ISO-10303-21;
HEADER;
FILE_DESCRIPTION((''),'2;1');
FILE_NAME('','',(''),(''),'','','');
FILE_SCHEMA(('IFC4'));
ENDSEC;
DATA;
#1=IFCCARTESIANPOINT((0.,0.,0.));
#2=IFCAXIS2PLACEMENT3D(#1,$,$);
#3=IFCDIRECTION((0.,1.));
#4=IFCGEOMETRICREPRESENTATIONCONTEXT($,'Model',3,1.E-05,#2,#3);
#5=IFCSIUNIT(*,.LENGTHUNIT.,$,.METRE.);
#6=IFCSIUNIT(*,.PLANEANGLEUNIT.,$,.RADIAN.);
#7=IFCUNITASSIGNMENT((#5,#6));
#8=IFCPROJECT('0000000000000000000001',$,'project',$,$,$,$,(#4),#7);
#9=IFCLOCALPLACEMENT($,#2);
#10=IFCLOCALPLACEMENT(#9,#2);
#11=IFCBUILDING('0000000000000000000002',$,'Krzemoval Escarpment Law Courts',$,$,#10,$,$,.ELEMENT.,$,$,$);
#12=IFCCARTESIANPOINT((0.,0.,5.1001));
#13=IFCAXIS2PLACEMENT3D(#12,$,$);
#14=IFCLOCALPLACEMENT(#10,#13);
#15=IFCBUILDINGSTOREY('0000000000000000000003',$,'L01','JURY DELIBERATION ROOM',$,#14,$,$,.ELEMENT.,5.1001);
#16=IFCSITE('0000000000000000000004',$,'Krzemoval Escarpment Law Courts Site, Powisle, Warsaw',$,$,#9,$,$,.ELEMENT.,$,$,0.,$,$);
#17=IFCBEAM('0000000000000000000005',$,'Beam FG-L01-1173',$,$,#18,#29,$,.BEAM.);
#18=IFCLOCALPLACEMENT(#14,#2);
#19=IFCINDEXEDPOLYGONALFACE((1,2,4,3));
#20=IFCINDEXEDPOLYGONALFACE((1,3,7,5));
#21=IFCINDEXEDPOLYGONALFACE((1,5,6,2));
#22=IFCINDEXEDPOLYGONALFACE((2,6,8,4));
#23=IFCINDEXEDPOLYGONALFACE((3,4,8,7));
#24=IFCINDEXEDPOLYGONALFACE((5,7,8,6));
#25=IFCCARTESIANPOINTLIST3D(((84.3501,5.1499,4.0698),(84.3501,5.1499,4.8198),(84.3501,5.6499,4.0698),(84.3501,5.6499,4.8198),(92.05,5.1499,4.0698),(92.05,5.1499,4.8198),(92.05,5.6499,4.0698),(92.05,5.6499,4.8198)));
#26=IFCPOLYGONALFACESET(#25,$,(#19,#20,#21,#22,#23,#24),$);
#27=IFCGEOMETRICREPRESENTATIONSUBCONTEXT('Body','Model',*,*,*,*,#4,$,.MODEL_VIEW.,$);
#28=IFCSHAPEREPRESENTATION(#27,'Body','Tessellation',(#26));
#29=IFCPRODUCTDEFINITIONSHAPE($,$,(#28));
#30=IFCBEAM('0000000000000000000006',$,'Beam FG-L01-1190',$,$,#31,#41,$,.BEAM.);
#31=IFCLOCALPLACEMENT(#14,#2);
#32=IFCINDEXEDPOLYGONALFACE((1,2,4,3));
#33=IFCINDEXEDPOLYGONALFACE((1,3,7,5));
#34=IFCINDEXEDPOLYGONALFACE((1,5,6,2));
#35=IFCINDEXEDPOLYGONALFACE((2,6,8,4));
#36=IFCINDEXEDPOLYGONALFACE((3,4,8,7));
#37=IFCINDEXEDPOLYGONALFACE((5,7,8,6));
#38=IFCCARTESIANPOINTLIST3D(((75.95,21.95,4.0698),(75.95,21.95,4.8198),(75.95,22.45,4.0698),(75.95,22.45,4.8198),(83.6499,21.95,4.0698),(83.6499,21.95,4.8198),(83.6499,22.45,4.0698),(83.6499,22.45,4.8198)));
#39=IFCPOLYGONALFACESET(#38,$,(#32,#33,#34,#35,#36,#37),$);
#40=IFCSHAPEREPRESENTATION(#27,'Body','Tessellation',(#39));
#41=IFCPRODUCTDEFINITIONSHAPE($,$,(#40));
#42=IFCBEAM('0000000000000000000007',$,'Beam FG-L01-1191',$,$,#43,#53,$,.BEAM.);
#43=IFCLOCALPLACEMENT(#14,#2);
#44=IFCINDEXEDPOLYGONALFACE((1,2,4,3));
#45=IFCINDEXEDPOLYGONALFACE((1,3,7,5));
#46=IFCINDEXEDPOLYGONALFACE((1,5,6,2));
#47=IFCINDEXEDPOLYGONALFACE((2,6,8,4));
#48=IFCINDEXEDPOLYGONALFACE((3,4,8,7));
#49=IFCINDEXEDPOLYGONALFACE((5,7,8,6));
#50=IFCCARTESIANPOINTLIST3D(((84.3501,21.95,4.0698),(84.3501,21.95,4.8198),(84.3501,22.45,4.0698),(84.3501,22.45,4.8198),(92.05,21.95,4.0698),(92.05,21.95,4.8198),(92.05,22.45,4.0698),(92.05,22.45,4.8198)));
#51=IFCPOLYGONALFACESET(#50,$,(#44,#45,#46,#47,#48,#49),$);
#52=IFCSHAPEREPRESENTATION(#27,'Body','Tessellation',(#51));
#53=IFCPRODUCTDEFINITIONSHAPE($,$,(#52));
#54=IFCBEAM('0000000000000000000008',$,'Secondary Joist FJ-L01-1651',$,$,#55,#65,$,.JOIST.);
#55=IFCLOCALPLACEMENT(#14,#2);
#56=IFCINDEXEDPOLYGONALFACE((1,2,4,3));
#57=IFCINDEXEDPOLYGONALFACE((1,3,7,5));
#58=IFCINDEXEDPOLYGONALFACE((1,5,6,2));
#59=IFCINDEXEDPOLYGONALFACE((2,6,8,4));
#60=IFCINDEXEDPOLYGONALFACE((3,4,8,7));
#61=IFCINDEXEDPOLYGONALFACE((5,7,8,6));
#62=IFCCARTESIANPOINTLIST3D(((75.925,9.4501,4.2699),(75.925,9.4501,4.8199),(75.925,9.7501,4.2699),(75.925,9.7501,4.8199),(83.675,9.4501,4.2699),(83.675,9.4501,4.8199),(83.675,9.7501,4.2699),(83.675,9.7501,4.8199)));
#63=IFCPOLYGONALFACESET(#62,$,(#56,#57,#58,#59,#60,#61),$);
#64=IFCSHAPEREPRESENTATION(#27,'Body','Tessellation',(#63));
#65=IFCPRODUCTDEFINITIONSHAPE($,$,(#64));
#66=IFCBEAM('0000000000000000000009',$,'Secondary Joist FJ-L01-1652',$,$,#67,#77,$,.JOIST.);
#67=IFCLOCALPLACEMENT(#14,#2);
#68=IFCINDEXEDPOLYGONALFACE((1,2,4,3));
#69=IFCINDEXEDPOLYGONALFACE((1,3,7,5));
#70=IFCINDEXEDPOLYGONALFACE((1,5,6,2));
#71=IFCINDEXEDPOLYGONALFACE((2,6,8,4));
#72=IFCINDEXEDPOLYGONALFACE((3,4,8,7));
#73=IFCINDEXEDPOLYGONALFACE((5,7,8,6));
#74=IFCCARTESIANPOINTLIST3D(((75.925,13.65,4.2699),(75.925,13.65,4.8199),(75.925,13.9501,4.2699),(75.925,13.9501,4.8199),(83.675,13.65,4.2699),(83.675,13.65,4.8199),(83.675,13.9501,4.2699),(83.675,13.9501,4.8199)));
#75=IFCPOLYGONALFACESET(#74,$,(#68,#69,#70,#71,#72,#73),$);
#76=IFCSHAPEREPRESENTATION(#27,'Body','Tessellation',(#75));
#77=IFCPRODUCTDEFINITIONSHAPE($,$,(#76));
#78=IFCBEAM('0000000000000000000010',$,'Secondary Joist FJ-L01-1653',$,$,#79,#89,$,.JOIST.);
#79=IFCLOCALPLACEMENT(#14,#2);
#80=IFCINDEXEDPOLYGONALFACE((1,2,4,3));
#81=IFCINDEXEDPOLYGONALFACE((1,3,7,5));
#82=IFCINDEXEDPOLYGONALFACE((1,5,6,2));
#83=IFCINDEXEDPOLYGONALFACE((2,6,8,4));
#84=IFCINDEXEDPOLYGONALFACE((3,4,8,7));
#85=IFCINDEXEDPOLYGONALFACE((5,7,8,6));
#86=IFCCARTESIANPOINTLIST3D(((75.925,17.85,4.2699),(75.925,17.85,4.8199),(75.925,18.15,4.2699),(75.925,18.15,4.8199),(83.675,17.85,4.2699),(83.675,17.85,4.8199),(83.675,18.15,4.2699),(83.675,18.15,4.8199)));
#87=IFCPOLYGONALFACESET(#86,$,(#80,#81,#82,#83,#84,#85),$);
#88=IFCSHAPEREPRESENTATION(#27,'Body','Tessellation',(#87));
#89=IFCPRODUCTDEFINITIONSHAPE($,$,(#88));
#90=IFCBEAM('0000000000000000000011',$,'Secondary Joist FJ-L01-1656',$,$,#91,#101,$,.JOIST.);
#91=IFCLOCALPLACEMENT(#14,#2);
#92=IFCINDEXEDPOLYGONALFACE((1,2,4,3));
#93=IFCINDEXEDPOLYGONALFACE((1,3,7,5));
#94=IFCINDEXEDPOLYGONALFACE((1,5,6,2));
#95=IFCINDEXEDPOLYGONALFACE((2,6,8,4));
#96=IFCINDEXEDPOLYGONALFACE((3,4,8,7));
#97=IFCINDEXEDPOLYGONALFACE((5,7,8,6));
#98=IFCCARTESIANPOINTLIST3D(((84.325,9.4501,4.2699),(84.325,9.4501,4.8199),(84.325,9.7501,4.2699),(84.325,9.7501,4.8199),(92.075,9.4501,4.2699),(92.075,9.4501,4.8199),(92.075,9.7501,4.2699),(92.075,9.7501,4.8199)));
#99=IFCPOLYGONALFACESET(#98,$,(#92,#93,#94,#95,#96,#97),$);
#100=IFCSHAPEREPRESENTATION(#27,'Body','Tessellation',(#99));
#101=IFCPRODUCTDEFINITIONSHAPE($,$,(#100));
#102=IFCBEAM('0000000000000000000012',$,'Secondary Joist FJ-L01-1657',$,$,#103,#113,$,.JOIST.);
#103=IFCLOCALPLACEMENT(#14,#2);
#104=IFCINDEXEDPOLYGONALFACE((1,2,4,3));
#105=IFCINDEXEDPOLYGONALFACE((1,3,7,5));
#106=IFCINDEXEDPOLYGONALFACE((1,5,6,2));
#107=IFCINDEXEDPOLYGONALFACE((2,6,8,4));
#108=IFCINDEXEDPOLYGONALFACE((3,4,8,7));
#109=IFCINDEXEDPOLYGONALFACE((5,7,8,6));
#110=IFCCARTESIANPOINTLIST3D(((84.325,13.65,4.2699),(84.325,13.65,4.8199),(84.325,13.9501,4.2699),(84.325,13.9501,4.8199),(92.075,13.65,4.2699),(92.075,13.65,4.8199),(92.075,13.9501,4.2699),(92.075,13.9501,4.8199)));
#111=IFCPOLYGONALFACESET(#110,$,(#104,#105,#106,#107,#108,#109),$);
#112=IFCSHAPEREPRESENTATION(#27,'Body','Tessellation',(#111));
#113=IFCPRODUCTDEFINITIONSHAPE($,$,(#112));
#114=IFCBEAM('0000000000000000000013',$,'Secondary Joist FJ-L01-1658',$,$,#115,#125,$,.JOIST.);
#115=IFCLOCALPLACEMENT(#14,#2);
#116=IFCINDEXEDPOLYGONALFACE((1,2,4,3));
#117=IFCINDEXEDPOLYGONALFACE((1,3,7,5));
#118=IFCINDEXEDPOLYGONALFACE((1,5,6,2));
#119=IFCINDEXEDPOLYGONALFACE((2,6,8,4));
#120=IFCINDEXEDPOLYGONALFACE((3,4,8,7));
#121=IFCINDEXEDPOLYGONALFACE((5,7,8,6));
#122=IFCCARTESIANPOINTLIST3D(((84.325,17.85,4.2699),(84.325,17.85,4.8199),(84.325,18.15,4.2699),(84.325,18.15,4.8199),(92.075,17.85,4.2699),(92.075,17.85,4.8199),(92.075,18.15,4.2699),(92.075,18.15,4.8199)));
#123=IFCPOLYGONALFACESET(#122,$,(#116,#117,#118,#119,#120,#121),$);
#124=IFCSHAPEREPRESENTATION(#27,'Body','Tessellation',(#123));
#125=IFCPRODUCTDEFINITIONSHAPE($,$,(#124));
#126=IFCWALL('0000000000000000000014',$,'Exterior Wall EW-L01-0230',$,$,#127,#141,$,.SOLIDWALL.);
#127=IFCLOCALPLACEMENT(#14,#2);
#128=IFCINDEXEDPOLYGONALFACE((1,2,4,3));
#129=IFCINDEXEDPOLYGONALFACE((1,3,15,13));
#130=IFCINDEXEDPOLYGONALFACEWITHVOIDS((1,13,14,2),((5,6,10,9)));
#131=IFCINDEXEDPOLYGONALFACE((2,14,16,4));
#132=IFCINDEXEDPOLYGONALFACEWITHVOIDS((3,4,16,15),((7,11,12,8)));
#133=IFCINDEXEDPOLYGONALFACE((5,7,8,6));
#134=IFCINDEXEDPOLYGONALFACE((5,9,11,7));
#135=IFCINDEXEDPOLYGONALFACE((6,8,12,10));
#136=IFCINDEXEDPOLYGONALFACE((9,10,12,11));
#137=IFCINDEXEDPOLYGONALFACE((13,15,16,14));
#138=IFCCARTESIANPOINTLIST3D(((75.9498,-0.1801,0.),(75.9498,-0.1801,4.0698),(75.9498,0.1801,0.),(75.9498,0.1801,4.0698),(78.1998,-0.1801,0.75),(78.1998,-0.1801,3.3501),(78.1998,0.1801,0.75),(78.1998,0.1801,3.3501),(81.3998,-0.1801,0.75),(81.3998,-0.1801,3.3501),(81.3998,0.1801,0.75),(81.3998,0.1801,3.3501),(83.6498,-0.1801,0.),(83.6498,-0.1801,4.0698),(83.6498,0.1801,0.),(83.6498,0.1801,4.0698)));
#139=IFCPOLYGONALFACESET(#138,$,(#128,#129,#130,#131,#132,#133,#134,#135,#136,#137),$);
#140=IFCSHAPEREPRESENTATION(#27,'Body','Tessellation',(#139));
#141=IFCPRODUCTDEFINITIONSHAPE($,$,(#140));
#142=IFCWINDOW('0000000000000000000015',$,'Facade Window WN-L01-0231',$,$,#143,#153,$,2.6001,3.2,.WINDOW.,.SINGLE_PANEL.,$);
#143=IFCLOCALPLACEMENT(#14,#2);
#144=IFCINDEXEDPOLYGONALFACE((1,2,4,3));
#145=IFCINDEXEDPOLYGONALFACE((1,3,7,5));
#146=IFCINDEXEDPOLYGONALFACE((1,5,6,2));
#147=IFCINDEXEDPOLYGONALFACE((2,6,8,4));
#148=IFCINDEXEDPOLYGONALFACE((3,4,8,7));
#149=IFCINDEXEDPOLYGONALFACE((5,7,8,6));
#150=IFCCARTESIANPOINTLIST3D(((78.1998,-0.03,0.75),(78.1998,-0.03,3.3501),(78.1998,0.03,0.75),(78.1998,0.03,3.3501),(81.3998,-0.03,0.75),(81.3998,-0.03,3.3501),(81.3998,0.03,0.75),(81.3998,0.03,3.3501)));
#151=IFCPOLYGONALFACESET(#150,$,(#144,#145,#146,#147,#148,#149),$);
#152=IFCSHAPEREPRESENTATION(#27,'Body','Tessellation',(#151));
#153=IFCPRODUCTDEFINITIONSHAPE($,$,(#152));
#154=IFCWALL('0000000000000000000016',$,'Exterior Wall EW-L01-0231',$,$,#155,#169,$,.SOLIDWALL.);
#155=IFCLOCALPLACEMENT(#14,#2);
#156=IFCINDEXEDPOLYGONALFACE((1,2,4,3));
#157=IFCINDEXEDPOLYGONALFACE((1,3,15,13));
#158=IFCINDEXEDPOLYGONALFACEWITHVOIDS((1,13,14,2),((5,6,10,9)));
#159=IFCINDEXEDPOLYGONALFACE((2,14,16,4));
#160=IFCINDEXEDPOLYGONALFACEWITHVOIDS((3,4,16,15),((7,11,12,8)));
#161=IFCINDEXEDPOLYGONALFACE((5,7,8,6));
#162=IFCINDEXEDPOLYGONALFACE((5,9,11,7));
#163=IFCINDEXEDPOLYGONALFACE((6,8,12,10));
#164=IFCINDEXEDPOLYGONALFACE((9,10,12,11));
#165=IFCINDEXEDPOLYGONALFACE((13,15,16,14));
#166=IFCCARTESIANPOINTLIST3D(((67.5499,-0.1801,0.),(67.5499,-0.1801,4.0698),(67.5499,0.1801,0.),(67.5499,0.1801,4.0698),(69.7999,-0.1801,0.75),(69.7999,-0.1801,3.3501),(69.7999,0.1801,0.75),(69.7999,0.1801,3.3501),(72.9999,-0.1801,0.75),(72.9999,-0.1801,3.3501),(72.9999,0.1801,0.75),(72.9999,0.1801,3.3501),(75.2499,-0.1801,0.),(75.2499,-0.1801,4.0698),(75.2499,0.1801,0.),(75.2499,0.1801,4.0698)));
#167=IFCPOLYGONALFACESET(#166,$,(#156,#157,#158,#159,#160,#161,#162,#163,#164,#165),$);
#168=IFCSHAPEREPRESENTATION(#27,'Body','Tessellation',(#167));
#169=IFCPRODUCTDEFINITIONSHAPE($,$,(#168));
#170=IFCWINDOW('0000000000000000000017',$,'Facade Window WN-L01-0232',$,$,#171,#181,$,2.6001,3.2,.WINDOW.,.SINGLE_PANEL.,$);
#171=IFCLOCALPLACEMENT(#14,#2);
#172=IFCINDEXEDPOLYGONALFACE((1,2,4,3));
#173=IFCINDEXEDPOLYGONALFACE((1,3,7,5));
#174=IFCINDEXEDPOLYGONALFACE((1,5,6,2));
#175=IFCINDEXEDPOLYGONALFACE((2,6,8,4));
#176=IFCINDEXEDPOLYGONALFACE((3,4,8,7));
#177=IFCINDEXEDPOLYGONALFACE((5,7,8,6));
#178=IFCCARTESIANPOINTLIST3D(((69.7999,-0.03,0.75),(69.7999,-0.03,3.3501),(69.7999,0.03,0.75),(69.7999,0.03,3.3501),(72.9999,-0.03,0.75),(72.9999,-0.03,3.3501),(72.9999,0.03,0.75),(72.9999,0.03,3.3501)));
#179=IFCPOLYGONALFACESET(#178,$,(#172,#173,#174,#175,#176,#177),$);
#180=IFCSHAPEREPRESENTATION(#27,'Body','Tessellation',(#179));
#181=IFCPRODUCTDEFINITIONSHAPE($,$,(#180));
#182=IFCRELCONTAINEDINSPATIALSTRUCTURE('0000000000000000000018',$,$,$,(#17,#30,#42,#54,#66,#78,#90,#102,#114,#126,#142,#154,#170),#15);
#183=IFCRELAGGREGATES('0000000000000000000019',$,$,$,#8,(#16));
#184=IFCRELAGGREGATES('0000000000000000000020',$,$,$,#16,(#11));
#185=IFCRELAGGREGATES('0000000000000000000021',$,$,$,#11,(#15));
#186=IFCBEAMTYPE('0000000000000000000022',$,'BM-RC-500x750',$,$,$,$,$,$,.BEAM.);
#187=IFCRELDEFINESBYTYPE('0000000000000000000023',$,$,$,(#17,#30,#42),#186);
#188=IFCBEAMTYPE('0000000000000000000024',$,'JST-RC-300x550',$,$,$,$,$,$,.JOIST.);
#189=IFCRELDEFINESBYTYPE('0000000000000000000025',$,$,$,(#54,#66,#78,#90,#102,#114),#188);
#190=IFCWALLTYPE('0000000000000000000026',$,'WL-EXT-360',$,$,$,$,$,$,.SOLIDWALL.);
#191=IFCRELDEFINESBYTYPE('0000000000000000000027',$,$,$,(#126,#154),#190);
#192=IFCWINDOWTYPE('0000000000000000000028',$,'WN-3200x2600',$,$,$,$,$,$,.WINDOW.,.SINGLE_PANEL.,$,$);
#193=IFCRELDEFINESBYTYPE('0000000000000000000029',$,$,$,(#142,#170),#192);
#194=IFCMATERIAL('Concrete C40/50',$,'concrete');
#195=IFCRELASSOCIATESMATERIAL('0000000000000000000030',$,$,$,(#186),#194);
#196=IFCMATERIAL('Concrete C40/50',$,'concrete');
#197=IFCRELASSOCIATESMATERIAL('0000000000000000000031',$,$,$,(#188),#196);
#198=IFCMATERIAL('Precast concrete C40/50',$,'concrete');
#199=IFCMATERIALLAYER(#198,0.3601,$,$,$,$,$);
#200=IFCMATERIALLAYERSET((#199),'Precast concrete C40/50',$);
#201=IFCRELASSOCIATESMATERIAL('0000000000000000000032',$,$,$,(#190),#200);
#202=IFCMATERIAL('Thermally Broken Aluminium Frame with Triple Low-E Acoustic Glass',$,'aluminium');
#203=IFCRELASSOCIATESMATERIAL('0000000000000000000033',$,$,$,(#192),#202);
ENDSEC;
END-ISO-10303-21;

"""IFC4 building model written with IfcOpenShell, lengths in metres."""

from ifc_helpers import new_model, si_unit, direction, frame, frame_2d, origin, origin_2d, place, context, subcontext, project, spatial, rectangle, extrude, material, layer, layer_set, material_profile, profile_set, type_object, element, fill, save


model = new_model("IFC4")

# Units and contexts
model_context = context("Model", 3, precision=1e-05, world=origin(), true_north=direction((0.0, 1.0)))
body_context = subcontext(model_context, "Body", "Model", "MODEL_VIEW")
ifc_project = project(units=[si_unit("LENGTHUNIT", "METRE"), si_unit("PLANEANGLEUNIT", "RADIAN")], contexts=[model_context])

# Site, building, storey
site_placement = place(None, origin())
site = spatial("IfcSite", under=ifc_project, at=site_placement, Name="Krzemoval Escarpment Law Courts Site, Powisle, Warsaw", CompositionType="ELEMENT", RefElevation=0.0)
building_placement = place(site_placement, origin())
building = spatial("IfcBuilding", under=site, at=building_placement, Name="Krzemoval Escarpment Law Courts", CompositionType="ELEMENT")
storey_placement = place(building_placement, frame((0.0, 0.0, 5.1001)))
storey = spatial("IfcBuildingStorey", under=building, at=storey_placement, Name="L01", Description="JURY DELIBERATION ROOM", CompositionType="ELEMENT", Elevation=5.1001)

# Beams
ifc_material_1 = material(Name="Concrete C40/50", Category="concrete")
ifc_material_profile_1 = material_profile(ifc_material_1, rectangle(XDim=0.5, YDim=0.75, at=origin_2d()), Name="RCB 500x750")
ifc_profile_set_1 = profile_set([ifc_material_profile_1], Name="Concrete C40/50")
beam_type_1 = type_object("IfcBeamType", Name="BM-RC-500x750", PredefinedType="BEAM", material=ifc_profile_set_1)
for number, where, z_axis, x_axis, name in (
    (1, (84.3501, 5.3999, 4.4448), (1.0, 0.0, 0.0), (0.0, 1.0, 0.0), "Beam FG-L01-1173"),
    (2, (75.95, 22.2, 4.4448), (1.0, 0.0, 0.0), (0.0, 1.0, 0.0), "Beam FG-L01-1190"),
    (3, (84.3501, 22.2, 4.4448), (1.0, 0.0, 0.0), (0.0, 1.0, 0.0), "Beam FG-L01-1191"),
):
    element("IfcBeam", number, at=place(storey_placement, frame(where, z_axis=z_axis, x_axis=x_axis)), inside=storey, type_object=beam_type_1, Name=name, PredefinedType="BEAM", context=body_context, shape_type="SweptSolid", body=[
        extrude(rectangle(XDim=0.5, YDim=0.75, at=origin_2d()), origin(), (0.0, 0.0, 1.0), 7.7),
    ])
ifc_material_2 = material(Name="Concrete C40/50", Category="concrete")
ifc_material_profile_2 = material_profile(ifc_material_2, rectangle(XDim=0.3, YDim=0.55, at=origin_2d()), Name="RCB 300x550")
ifc_profile_set_2 = profile_set([ifc_material_profile_2], Name="Concrete C40/50")
beam_type_2 = type_object("IfcBeamType", Name="JST-RC-300x550", PredefinedType="JOIST", material=ifc_profile_set_2)
for number, where, z_axis, x_axis, name in (
    (4, (75.925, 9.6001, 4.5449), (1.0, 0.0, 0.0), (0.0, 1.0, 0.0), "Secondary Joist FJ-L01-1651"),
    (5, (75.925, 13.8, 4.5449), (1.0, 0.0, 0.0), (0.0, 1.0, 0.0), "Secondary Joist FJ-L01-1652"),
    (6, (75.925, 18.0, 4.5449), (1.0, 0.0, 0.0), (0.0, 1.0, 0.0), "Secondary Joist FJ-L01-1653"),
    (7, (84.325, 9.6001, 4.5449), (1.0, 0.0, 0.0), (0.0, 1.0, 0.0), "Secondary Joist FJ-L01-1656"),
    (8, (84.325, 13.8, 4.5449), (1.0, 0.0, 0.0), (0.0, 1.0, 0.0), "Secondary Joist FJ-L01-1657"),
    (9, (84.325, 18.0, 4.5449), (1.0, 0.0, 0.0), (0.0, 1.0, 0.0), "Secondary Joist FJ-L01-1658"),
):
    element("IfcBeam", number, at=place(storey_placement, frame(where, z_axis=z_axis, x_axis=x_axis)), inside=storey, type_object=beam_type_2, Name=name, PredefinedType="JOIST", context=body_context, shape_type="SweptSolid", body=[
        extrude(rectangle(XDim=0.3, YDim=0.55, at=origin_2d()), origin(), (0.0, 0.0, 1.0), 7.75),
    ])

# Walls, openings, windows
ifc_material_3 = material(Name="Precast concrete C40/50", Category="concrete")
ifc_layer_1 = layer(ifc_material_3, 0.3601)
ifc_layer_set_1 = layer_set([ifc_layer_1], Name="Precast concrete C40/50")
wall_type_1 = type_object("IfcWallType", Name="WL-EXT-360", PredefinedType="SOLIDWALL", material=ifc_layer_set_1)
wall_1_placement = place(storey_placement, frame((83.6499, 0.0, 0.0), z_axis=(0.0, 0.0, 1.0), x_axis=(-1.0, 0.0, 0.0)))
wall_1 = element("IfcWall", 10, at=wall_1_placement, inside=storey, type_object=wall_type_1, Name="Exterior Wall EW-L01-0230", PredefinedType="SOLIDWALL", context=body_context, shape_type="SweptSolid", body=[
    extrude(rectangle(XDim=7.7, YDim=0.3601, at=frame_2d((3.8501, 0.0))), origin(), (0.0, 0.0, 1.0), 4.0698),
])
opening_1_placement = place(wall_1_placement, frame((2.25, 0.0, 0.75)))
opening_1 = element("IfcOpeningElement", 11, at=opening_1_placement, cuts=wall_1, PredefinedType="OPENING", context=body_context, shape_type="SweptSolid", body=[
    extrude(rectangle(XDim=3.2, YDim=2.6001, at=frame_2d((1.6001, 1.3))), frame((0.0, 0.1951, 0.0), z_axis=(0.0, -1.0, 0.0), x_axis=(1.0, 0.0, 0.0)), (0.0, 0.0, 1.0), 0.3901),
])
ifc_material_4 = material(Name="Thermally Broken Aluminium Frame with Triple Low-E Acoustic Glass", Category="aluminium")
window_type = type_object("IfcWindowType", Name="WN-3200x2600", PartitioningType="SINGLE_PANEL", PredefinedType="WINDOW", material=ifc_material_4)
window_1_placement = place(opening_1_placement, origin())
window_1 = element("IfcWindow", 12, at=window_1_placement, inside=storey, type_object=window_type, Name="Facade Window WN-L01-0231", OverallHeight=2.6001, OverallWidth=3.2, PartitioningType="SINGLE_PANEL", PredefinedType="WINDOW", context=body_context, shape_type="SweptSolid", body=[
    extrude(rectangle(XDim=3.2, YDim=2.6001, at=frame_2d((1.6001, 1.3))), frame((0.0, 0.03, 0.0), z_axis=(0.0, -1.0, 0.0), x_axis=(1.0, 0.0, 0.0)), (0.0, 0.0, 1.0), 0.0601),
])
fill(opening_1, window_1)
wall_2_placement = place(storey_placement, frame((75.25, 0.0, 0.0), z_axis=(0.0, 0.0, 1.0), x_axis=(-1.0, 0.0, 0.0)))
wall_2 = element("IfcWall", 13, at=wall_2_placement, inside=storey, type_object=wall_type_1, Name="Exterior Wall EW-L01-0231", PredefinedType="SOLIDWALL", context=body_context, shape_type="SweptSolid", body=[
    extrude(rectangle(XDim=7.7, YDim=0.3601, at=frame_2d((3.8501, 0.0))), origin(), (0.0, 0.0, 1.0), 4.0698),
])
opening_2_placement = place(wall_2_placement, frame((2.25, 0.0, 0.75)))
opening_2 = element("IfcOpeningElement", 14, at=opening_2_placement, cuts=wall_2, PredefinedType="OPENING", context=body_context, shape_type="SweptSolid", body=[
    extrude(rectangle(XDim=3.2, YDim=2.6001, at=frame_2d((1.6001, 1.3))), frame((0.0, 0.1951, 0.0), z_axis=(0.0, -1.0, 0.0), x_axis=(1.0, 0.0, 0.0)), (0.0, 0.0, 1.0), 0.3901),
])
window_2_placement = place(opening_2_placement, origin())
window_2 = element("IfcWindow", 15, at=window_2_placement, inside=storey, type_object=window_type, Name="Facade Window WN-L01-0232", OverallHeight=2.6001, OverallWidth=3.2, PartitioningType="SINGLE_PANEL", PredefinedType="WINDOW", context=body_context, shape_type="SweptSolid", body=[
    extrude(rectangle(XDim=3.2, YDim=2.6001, at=frame_2d((1.6001, 1.3))), frame((0.0, 0.03, 0.0), z_axis=(0.0, -1.0, 0.0), x_axis=(1.0, 0.0, 0.0)), (0.0, 0.0, 1.0), 0.0601),
])
fill(opening_2, window_2)

save(model, "model.ifc")
